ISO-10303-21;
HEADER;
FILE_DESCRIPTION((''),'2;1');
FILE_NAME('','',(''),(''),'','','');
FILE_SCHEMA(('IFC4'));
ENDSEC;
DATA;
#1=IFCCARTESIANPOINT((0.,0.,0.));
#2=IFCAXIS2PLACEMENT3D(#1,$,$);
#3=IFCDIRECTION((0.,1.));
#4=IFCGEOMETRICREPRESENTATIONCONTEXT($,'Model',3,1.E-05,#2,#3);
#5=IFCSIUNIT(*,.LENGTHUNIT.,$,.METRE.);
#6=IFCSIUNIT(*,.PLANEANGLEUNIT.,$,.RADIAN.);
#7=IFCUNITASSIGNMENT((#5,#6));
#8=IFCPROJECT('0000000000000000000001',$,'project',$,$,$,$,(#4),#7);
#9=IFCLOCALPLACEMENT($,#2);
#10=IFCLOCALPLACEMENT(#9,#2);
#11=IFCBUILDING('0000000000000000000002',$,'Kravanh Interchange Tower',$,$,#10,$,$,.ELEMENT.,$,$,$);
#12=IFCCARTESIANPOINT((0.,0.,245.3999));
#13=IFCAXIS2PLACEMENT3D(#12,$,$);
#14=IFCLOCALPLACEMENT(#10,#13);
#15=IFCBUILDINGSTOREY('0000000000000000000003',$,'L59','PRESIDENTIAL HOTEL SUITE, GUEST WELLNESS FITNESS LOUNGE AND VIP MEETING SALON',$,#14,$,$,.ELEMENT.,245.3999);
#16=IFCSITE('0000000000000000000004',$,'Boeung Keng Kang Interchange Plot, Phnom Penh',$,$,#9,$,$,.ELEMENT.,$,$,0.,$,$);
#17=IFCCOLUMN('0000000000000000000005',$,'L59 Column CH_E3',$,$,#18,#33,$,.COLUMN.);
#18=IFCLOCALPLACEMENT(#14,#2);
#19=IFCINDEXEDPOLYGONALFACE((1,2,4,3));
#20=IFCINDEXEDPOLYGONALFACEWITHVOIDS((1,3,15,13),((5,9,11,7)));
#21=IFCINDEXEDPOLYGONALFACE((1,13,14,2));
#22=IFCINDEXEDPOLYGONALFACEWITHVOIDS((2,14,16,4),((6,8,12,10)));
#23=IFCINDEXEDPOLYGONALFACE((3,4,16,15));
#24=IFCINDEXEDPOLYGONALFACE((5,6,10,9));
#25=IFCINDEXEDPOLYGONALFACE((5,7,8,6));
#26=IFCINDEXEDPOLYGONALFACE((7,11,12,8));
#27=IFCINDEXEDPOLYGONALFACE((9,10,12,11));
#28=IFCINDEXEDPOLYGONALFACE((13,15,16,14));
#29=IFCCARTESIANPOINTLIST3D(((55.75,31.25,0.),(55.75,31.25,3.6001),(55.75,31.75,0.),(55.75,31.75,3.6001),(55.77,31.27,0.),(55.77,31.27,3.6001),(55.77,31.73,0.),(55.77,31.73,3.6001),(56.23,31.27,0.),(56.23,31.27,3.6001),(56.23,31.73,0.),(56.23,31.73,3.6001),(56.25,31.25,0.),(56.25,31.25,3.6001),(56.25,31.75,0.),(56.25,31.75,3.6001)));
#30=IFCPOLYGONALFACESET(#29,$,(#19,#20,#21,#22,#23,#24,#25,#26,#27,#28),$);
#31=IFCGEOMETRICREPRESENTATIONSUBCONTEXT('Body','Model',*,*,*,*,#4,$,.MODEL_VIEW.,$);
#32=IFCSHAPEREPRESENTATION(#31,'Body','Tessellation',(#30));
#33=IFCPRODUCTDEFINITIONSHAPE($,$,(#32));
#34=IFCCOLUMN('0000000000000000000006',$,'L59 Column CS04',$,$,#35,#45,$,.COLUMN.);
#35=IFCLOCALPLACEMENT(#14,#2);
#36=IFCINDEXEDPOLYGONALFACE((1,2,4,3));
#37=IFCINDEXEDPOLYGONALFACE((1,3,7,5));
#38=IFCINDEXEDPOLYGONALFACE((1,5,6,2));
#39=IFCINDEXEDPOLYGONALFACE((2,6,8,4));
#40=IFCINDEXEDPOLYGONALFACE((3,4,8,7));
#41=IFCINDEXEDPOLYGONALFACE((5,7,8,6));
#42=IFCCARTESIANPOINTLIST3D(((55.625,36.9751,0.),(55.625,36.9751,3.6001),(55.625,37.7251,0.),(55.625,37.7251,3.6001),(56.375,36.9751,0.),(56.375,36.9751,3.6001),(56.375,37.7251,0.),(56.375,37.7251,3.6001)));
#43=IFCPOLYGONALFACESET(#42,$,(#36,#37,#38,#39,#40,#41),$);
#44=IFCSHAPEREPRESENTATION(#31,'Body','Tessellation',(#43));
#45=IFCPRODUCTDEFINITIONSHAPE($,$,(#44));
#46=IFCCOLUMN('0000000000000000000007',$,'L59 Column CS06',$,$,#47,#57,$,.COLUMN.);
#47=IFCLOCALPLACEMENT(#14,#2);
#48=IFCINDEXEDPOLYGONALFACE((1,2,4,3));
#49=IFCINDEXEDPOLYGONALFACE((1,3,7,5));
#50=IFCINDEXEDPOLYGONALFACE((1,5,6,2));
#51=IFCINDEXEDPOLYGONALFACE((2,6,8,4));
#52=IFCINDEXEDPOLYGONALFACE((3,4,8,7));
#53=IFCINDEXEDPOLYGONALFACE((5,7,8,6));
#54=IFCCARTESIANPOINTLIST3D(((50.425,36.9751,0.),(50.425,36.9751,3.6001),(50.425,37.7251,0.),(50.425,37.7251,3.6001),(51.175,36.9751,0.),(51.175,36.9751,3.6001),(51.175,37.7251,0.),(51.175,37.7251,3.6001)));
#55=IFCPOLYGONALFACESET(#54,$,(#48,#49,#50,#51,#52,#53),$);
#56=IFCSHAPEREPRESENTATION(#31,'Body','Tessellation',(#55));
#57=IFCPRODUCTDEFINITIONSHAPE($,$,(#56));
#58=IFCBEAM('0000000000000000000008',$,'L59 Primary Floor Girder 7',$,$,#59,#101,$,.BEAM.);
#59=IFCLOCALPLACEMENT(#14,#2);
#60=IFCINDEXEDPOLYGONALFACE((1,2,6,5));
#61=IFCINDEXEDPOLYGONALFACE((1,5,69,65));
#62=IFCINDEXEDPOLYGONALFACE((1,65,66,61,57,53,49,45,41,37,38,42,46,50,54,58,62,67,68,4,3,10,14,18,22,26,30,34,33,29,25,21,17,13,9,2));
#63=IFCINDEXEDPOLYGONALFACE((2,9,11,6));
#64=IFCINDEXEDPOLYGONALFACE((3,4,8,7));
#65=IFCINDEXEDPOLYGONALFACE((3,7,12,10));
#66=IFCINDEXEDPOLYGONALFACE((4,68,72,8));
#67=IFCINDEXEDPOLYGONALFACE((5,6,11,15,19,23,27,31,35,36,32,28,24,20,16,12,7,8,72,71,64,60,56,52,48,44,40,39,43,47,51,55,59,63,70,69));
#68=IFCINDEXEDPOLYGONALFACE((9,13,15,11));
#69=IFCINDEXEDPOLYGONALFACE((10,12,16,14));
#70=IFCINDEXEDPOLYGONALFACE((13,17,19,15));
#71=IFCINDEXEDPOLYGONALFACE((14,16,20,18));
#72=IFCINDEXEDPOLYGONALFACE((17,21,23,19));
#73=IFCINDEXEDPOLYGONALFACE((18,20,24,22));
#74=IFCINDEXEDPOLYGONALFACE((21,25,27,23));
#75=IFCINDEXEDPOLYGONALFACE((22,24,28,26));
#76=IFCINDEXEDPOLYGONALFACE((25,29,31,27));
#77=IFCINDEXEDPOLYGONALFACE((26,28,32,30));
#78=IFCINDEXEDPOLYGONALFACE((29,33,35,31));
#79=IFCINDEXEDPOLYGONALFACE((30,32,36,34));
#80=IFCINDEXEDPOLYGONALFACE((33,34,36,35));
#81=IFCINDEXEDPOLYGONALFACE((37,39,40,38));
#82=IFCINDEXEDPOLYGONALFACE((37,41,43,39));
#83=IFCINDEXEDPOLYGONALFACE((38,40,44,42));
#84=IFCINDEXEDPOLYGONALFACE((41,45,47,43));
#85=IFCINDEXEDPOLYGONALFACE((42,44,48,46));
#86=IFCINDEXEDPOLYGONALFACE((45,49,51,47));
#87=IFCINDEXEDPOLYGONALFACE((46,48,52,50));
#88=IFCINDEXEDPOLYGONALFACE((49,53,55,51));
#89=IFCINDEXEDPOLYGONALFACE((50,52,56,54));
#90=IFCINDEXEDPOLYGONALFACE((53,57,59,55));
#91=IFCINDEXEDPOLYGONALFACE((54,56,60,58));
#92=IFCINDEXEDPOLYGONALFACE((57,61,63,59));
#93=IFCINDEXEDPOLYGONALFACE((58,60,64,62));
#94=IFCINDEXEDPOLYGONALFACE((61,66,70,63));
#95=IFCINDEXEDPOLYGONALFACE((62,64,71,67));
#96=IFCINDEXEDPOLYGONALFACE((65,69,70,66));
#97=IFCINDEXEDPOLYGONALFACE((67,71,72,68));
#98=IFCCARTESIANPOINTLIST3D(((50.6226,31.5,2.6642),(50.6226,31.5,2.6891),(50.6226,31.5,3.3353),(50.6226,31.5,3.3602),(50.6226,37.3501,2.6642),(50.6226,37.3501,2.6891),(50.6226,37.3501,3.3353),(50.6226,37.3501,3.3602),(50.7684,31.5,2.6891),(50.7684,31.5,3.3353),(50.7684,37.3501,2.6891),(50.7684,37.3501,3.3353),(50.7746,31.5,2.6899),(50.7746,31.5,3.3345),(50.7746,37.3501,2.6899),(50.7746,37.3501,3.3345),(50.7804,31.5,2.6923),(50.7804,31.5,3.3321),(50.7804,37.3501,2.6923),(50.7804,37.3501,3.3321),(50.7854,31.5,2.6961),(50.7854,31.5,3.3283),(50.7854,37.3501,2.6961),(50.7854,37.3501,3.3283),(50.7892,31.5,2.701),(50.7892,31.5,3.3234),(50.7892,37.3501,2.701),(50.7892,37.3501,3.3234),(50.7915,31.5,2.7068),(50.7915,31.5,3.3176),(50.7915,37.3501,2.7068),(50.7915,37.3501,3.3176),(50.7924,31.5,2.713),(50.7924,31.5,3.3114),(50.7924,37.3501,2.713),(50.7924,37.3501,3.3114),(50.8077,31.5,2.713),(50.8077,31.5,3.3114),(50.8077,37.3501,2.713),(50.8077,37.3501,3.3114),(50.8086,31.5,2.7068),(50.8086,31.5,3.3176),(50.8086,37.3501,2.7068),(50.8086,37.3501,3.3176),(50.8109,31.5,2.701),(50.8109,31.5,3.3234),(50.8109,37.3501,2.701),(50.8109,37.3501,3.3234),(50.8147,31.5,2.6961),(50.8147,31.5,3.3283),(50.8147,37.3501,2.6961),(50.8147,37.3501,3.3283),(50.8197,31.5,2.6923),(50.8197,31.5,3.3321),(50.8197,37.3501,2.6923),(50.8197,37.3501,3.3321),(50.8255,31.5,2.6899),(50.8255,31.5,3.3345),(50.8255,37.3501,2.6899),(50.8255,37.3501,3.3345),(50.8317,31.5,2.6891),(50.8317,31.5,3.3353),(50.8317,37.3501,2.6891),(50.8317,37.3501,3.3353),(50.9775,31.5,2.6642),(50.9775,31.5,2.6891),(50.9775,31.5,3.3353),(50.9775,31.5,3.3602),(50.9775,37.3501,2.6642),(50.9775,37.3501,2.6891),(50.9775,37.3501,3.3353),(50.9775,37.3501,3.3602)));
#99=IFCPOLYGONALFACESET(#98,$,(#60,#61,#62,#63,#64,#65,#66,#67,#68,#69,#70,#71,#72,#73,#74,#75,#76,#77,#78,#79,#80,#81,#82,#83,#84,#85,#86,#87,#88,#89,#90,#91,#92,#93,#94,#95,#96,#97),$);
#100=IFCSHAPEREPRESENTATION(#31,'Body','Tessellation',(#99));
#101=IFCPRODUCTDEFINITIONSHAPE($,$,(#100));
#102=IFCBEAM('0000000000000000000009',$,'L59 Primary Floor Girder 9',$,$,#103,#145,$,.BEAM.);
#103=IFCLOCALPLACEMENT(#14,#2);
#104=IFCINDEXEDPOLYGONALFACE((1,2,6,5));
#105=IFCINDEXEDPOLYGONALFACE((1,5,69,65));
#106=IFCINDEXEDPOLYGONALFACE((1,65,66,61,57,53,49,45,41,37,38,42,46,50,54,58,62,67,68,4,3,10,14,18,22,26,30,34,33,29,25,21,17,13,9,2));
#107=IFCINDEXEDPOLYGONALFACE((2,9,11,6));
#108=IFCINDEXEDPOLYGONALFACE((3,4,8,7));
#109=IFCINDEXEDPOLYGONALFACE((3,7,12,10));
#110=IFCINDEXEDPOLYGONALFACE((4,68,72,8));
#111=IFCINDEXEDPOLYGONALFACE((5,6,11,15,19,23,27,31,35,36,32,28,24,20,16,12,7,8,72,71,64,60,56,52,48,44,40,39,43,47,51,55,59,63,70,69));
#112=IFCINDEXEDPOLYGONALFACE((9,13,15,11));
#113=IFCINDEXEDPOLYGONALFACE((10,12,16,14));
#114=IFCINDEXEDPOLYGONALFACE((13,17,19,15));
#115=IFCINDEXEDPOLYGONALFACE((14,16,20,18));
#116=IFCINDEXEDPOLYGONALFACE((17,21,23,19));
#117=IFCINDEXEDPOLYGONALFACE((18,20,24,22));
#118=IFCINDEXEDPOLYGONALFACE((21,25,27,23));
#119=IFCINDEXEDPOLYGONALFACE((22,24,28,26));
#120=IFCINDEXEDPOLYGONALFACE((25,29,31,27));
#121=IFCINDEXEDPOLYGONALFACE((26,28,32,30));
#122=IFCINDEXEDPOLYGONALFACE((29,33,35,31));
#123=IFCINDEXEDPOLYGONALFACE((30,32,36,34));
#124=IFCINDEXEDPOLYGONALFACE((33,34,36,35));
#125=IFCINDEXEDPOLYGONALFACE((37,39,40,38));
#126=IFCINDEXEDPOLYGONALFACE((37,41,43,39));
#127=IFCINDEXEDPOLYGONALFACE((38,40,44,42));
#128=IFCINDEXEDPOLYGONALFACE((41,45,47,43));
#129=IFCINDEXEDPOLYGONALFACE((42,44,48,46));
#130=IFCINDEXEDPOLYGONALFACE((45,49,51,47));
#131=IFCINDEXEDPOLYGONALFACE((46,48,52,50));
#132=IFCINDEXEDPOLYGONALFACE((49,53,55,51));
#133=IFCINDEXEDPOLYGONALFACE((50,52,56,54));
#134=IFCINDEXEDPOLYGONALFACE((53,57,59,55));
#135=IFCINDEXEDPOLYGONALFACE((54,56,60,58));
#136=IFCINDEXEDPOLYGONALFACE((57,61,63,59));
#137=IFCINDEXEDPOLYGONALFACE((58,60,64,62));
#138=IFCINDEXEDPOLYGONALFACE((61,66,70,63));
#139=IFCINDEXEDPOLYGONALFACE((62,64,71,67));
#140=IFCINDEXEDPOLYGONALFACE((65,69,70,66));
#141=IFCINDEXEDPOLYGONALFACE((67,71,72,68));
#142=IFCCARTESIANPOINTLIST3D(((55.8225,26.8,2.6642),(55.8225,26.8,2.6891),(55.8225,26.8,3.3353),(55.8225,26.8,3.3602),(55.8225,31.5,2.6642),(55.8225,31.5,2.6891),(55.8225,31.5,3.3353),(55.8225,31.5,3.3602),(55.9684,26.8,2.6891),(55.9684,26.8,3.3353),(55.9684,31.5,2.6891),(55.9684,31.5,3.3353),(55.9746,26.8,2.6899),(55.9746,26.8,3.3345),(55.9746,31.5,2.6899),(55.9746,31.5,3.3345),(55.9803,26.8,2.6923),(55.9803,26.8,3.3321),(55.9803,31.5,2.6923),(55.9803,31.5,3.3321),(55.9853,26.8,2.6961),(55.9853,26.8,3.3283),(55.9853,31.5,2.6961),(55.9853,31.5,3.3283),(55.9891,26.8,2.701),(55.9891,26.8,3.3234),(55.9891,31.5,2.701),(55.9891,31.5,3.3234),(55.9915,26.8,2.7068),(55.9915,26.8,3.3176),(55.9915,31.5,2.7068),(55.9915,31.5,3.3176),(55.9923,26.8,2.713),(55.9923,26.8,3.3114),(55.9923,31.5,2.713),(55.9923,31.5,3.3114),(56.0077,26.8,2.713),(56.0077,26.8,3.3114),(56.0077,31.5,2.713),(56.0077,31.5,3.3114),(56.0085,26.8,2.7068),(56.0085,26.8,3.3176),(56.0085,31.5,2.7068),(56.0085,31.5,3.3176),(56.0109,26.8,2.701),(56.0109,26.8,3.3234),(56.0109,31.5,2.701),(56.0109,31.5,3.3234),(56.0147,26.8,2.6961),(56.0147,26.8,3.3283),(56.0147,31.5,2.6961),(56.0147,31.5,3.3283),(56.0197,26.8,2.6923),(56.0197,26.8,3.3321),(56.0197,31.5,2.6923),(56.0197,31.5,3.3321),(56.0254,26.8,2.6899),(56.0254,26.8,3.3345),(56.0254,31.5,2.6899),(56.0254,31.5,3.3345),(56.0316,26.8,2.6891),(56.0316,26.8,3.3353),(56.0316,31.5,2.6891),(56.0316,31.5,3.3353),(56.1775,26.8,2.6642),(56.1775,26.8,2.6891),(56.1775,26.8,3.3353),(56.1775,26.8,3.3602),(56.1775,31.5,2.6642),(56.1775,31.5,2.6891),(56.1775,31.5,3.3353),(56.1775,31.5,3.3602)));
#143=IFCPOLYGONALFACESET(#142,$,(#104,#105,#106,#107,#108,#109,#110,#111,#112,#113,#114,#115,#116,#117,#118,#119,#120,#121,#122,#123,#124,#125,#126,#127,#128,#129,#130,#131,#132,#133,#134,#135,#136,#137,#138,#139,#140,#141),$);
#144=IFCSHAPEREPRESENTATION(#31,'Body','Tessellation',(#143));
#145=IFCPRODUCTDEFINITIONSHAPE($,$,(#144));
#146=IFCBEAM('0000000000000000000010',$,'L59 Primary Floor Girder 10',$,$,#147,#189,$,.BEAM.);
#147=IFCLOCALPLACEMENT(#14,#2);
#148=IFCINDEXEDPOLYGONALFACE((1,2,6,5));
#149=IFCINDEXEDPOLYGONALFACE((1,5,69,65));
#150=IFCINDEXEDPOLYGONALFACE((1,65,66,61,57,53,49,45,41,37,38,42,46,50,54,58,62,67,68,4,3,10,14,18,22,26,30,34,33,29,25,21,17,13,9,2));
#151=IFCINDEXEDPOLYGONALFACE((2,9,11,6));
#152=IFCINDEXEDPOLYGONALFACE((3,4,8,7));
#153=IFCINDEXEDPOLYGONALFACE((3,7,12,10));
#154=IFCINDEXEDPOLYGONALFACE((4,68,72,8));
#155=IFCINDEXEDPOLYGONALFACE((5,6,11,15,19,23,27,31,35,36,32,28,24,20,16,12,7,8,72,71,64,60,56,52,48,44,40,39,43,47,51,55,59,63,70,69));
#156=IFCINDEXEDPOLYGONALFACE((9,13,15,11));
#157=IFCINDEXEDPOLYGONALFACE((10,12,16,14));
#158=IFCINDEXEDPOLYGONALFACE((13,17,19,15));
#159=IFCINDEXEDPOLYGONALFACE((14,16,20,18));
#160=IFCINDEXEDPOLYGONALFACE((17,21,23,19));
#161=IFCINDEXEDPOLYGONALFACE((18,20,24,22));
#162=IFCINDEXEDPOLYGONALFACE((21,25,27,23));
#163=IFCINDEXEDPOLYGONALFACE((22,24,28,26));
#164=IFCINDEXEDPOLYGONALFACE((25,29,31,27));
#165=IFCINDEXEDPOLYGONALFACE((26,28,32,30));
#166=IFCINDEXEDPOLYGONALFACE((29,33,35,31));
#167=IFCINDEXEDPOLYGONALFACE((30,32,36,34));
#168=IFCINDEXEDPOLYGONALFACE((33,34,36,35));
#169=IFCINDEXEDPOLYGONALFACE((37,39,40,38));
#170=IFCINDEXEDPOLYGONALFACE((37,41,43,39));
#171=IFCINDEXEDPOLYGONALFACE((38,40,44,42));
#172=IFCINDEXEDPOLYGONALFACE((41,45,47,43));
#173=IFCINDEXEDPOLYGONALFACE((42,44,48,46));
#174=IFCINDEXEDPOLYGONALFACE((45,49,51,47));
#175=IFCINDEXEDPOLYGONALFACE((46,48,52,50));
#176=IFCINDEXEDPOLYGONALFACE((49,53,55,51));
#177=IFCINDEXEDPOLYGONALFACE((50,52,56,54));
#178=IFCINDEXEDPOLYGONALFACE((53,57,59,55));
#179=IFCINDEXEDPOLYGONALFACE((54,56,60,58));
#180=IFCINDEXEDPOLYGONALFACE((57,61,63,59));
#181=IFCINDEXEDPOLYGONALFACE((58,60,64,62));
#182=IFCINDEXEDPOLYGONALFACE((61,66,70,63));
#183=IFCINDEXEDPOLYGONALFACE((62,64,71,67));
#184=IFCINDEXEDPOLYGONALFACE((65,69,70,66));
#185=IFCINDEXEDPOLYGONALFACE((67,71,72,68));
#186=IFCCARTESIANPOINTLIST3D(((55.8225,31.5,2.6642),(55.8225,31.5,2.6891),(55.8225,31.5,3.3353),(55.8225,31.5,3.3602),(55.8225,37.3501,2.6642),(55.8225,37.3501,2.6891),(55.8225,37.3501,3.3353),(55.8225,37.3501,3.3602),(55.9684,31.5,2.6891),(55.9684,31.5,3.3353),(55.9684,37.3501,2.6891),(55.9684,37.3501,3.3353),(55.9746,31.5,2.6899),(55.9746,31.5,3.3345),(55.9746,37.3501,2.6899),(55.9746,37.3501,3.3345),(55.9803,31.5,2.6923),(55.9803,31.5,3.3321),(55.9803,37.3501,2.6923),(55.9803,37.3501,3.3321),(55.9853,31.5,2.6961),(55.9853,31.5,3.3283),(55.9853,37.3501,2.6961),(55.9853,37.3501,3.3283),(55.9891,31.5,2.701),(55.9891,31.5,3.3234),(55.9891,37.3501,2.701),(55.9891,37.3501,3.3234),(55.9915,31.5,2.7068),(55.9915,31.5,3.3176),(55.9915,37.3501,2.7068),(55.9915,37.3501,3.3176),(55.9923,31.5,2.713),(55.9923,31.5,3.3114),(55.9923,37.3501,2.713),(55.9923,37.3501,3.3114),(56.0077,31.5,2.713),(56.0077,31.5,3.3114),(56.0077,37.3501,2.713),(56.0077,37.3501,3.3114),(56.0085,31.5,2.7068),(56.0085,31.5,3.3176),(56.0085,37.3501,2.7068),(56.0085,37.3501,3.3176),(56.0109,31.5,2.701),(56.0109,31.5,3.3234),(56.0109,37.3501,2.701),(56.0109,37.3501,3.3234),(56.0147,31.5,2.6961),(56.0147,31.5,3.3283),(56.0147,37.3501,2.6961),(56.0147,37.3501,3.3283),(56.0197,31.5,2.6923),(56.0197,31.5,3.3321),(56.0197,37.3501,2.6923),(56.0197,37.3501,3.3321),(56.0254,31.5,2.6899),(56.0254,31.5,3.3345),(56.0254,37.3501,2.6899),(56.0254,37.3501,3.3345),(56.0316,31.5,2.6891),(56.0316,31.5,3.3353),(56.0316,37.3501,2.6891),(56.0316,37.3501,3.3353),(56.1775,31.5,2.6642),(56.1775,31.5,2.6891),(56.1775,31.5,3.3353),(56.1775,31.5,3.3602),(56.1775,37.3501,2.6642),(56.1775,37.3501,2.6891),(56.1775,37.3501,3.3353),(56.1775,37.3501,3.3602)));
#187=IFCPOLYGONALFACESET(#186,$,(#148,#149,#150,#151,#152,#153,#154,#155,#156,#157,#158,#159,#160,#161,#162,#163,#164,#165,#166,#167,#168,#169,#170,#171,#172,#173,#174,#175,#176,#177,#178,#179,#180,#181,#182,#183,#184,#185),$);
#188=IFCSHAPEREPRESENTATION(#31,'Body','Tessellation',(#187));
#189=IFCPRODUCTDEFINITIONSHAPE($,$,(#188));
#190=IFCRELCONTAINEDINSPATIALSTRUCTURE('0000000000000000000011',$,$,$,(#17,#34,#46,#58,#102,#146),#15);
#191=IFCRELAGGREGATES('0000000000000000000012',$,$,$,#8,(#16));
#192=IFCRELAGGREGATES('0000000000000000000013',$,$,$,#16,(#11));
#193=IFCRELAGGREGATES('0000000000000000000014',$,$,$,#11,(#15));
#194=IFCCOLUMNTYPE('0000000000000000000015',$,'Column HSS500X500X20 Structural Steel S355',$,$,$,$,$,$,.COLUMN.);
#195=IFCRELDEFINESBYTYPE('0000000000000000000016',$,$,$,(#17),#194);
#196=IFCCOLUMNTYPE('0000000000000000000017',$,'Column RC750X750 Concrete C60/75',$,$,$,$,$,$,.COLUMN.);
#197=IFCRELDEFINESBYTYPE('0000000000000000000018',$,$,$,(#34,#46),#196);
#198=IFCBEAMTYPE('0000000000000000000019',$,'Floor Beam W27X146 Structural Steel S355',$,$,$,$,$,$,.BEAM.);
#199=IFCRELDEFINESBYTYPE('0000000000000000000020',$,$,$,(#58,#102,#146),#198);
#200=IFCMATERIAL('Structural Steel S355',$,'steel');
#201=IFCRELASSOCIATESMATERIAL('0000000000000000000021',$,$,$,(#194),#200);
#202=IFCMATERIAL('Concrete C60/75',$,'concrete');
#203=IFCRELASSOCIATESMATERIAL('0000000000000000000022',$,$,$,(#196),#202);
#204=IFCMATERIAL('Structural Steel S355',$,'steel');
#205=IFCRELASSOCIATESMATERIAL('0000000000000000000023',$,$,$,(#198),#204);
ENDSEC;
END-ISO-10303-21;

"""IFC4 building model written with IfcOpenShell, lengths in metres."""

from ifc_helpers import new_model, si_unit, direction, frame, origin, origin_2d, place, context, subcontext, project, spatial, rectangle, hollow_rectangle, i_section, extrude, material, material_profile, profile_set, type_object, element, save


model = new_model("IFC4")

# Units and contexts
model_context = context("Model", 3, precision=1e-05, world=origin(), true_north=direction((0.0, 1.0)))
body_context = subcontext(model_context, "Body", "Model", "MODEL_VIEW")
ifc_project = project(units=[si_unit("LENGTHUNIT", "METRE"), si_unit("PLANEANGLEUNIT", "RADIAN")], contexts=[model_context])

# Site, building, storey
site_placement = place(None, origin())
site = spatial("IfcSite", under=ifc_project, at=site_placement, Name="Boeung Keng Kang Interchange Plot, Phnom Penh", CompositionType="ELEMENT", RefElevation=0.0)
building_placement = place(site_placement, origin())
building = spatial("IfcBuilding", under=site, at=building_placement, Name="Kravanh Interchange Tower", CompositionType="ELEMENT")
storey_placement = place(building_placement, frame((0.0, 0.0, 245.3999)))
storey = spatial("IfcBuildingStorey", under=building, at=storey_placement, Name="L59", Description="PRESIDENTIAL HOTEL SUITE, GUEST WELLNESS FITNESS LOUNGE AND VIP MEETING SALON", CompositionType="ELEMENT", Elevation=245.3999)

# Columns
ifc_material_1 = material(Name="Structural Steel S355", Category="steel")
ifc_material_profile_1 = material_profile(ifc_material_1, hollow_rectangle(XDim=0.5, YDim=0.5, WallThickness=0.02, at=origin_2d()), Name="HSS500X500X20")
ifc_profile_set_1 = profile_set([ifc_material_profile_1], Name="Structural Steel S355")
column_type_1 = type_object("IfcColumnType", Name="Column HSS500X500X20 Structural Steel S355", PredefinedType="COLUMN", material=ifc_profile_set_1)
column_placement = place(storey_placement, frame((56.0, 31.5, 0.0), z_axis=(0.0, 0.0, 1.0), x_axis=(1.0, 0.0, 0.0)))
element("IfcColumn", 1, at=column_placement, inside=storey, type_object=column_type_1, Name="L59 Column CH_E3", PredefinedType="COLUMN", context=body_context, shape_type="SweptSolid", body=[
    extrude(hollow_rectangle(XDim=0.5, YDim=0.5, WallThickness=0.02, at=origin_2d()), origin(), (0.0, 0.0, 1.0), 3.6001),
])
ifc_material_2 = material(Name="Concrete C60/75", Category="concrete")
ifc_material_profile_2 = material_profile(ifc_material_2, rectangle(XDim=0.75, YDim=0.75, at=origin_2d()), Name="RC750X750")
ifc_profile_set_2 = profile_set([ifc_material_profile_2], Name="Concrete C60/75")
column_type_2 = type_object("IfcColumnType", Name="Column RC750X750 Concrete C60/75", PredefinedType="COLUMN", material=ifc_profile_set_2)
for number, where, z_axis, x_axis, name in (
    (2, (56.0, 37.3501, 0.0), (0.0, 0.0, 1.0), (1.0, 0.0, 0.0), "L59 Column CS04"),
    (3, (50.8, 37.3501, 0.0), (0.0, 0.0, 1.0), (1.0, 0.0, 0.0), "L59 Column CS06"),
):
    element("IfcColumn", number, at=place(storey_placement, frame(where, z_axis=z_axis, x_axis=x_axis)), inside=storey, type_object=column_type_2, Name=name, PredefinedType="COLUMN", context=body_context, shape_type="SweptSolid", body=[
        extrude(rectangle(XDim=0.75, YDim=0.75, at=origin_2d()), origin(), (0.0, 0.0, 1.0), 3.6001),
    ])

# Beams
ifc_material_3 = material(Name="Structural Steel S355", Category="steel")
ifc_material_profile_3 = material_profile(ifc_material_3, i_section(OverallWidth=0.355, OverallDepth=0.696, WebThickness=0.0154, FlangeThickness=0.0249, FilletRadius=0.0239, at=origin_2d()), Name="W27X146")
ifc_profile_set_3 = profile_set([ifc_material_profile_3], Name="Structural Steel S355")
beam_type_1 = type_object("IfcBeamType", Name="Floor Beam W27X146 Structural Steel S355", PredefinedType="BEAM", material=ifc_profile_set_3)
beam_1_placement = place(storey_placement, frame((50.8, 31.5, 3.0122), z_axis=(0.0, 1.0, 0.0), x_axis=(-1.0, 0.0, 0.0)))
element("IfcBeam", 4, at=beam_1_placement, inside=storey, type_object=beam_type_1, Name="L59 Primary Floor Girder 7", PredefinedType="BEAM", context=body_context, shape_type="SweptSolid", body=[
    extrude(i_section(OverallWidth=0.355, OverallDepth=0.696, WebThickness=0.0154, FlangeThickness=0.0249, FilletRadius=0.0239, at=origin_2d()), origin(), (0.0, 0.0, 1.0), 5.8501),
])
beam_2_placement = place(storey_placement, frame((56.0, 31.5, 3.0122), z_axis=(0.0, -1.0, 0.0), x_axis=(1.0, 0.0, 0.0)))
element("IfcBeam", 5, at=beam_2_placement, inside=storey, type_object=beam_type_1, Name="L59 Primary Floor Girder 9", PredefinedType="BEAM", context=body_context, shape_type="SweptSolid", body=[
    extrude(i_section(OverallWidth=0.355, OverallDepth=0.696, WebThickness=0.0154, FlangeThickness=0.0249, FilletRadius=0.0239, at=origin_2d()), origin(), (0.0, 0.0, 1.0), 4.7),
])
beam_3_placement = place(storey_placement, frame((56.0, 31.5, 3.0122), z_axis=(0.0, 1.0, 0.0), x_axis=(-1.0, 0.0, 0.0)))
element("IfcBeam", 6, at=beam_3_placement, inside=storey, type_object=beam_type_1, Name="L59 Primary Floor Girder 10", PredefinedType="BEAM", context=body_context, shape_type="SweptSolid", body=[
    extrude(i_section(OverallWidth=0.355, OverallDepth=0.696, WebThickness=0.0154, FlangeThickness=0.0249, FilletRadius=0.0239, at=origin_2d()), origin(), (0.0, 0.0, 1.0), 5.8501),
])

save(model, "model.ifc")
